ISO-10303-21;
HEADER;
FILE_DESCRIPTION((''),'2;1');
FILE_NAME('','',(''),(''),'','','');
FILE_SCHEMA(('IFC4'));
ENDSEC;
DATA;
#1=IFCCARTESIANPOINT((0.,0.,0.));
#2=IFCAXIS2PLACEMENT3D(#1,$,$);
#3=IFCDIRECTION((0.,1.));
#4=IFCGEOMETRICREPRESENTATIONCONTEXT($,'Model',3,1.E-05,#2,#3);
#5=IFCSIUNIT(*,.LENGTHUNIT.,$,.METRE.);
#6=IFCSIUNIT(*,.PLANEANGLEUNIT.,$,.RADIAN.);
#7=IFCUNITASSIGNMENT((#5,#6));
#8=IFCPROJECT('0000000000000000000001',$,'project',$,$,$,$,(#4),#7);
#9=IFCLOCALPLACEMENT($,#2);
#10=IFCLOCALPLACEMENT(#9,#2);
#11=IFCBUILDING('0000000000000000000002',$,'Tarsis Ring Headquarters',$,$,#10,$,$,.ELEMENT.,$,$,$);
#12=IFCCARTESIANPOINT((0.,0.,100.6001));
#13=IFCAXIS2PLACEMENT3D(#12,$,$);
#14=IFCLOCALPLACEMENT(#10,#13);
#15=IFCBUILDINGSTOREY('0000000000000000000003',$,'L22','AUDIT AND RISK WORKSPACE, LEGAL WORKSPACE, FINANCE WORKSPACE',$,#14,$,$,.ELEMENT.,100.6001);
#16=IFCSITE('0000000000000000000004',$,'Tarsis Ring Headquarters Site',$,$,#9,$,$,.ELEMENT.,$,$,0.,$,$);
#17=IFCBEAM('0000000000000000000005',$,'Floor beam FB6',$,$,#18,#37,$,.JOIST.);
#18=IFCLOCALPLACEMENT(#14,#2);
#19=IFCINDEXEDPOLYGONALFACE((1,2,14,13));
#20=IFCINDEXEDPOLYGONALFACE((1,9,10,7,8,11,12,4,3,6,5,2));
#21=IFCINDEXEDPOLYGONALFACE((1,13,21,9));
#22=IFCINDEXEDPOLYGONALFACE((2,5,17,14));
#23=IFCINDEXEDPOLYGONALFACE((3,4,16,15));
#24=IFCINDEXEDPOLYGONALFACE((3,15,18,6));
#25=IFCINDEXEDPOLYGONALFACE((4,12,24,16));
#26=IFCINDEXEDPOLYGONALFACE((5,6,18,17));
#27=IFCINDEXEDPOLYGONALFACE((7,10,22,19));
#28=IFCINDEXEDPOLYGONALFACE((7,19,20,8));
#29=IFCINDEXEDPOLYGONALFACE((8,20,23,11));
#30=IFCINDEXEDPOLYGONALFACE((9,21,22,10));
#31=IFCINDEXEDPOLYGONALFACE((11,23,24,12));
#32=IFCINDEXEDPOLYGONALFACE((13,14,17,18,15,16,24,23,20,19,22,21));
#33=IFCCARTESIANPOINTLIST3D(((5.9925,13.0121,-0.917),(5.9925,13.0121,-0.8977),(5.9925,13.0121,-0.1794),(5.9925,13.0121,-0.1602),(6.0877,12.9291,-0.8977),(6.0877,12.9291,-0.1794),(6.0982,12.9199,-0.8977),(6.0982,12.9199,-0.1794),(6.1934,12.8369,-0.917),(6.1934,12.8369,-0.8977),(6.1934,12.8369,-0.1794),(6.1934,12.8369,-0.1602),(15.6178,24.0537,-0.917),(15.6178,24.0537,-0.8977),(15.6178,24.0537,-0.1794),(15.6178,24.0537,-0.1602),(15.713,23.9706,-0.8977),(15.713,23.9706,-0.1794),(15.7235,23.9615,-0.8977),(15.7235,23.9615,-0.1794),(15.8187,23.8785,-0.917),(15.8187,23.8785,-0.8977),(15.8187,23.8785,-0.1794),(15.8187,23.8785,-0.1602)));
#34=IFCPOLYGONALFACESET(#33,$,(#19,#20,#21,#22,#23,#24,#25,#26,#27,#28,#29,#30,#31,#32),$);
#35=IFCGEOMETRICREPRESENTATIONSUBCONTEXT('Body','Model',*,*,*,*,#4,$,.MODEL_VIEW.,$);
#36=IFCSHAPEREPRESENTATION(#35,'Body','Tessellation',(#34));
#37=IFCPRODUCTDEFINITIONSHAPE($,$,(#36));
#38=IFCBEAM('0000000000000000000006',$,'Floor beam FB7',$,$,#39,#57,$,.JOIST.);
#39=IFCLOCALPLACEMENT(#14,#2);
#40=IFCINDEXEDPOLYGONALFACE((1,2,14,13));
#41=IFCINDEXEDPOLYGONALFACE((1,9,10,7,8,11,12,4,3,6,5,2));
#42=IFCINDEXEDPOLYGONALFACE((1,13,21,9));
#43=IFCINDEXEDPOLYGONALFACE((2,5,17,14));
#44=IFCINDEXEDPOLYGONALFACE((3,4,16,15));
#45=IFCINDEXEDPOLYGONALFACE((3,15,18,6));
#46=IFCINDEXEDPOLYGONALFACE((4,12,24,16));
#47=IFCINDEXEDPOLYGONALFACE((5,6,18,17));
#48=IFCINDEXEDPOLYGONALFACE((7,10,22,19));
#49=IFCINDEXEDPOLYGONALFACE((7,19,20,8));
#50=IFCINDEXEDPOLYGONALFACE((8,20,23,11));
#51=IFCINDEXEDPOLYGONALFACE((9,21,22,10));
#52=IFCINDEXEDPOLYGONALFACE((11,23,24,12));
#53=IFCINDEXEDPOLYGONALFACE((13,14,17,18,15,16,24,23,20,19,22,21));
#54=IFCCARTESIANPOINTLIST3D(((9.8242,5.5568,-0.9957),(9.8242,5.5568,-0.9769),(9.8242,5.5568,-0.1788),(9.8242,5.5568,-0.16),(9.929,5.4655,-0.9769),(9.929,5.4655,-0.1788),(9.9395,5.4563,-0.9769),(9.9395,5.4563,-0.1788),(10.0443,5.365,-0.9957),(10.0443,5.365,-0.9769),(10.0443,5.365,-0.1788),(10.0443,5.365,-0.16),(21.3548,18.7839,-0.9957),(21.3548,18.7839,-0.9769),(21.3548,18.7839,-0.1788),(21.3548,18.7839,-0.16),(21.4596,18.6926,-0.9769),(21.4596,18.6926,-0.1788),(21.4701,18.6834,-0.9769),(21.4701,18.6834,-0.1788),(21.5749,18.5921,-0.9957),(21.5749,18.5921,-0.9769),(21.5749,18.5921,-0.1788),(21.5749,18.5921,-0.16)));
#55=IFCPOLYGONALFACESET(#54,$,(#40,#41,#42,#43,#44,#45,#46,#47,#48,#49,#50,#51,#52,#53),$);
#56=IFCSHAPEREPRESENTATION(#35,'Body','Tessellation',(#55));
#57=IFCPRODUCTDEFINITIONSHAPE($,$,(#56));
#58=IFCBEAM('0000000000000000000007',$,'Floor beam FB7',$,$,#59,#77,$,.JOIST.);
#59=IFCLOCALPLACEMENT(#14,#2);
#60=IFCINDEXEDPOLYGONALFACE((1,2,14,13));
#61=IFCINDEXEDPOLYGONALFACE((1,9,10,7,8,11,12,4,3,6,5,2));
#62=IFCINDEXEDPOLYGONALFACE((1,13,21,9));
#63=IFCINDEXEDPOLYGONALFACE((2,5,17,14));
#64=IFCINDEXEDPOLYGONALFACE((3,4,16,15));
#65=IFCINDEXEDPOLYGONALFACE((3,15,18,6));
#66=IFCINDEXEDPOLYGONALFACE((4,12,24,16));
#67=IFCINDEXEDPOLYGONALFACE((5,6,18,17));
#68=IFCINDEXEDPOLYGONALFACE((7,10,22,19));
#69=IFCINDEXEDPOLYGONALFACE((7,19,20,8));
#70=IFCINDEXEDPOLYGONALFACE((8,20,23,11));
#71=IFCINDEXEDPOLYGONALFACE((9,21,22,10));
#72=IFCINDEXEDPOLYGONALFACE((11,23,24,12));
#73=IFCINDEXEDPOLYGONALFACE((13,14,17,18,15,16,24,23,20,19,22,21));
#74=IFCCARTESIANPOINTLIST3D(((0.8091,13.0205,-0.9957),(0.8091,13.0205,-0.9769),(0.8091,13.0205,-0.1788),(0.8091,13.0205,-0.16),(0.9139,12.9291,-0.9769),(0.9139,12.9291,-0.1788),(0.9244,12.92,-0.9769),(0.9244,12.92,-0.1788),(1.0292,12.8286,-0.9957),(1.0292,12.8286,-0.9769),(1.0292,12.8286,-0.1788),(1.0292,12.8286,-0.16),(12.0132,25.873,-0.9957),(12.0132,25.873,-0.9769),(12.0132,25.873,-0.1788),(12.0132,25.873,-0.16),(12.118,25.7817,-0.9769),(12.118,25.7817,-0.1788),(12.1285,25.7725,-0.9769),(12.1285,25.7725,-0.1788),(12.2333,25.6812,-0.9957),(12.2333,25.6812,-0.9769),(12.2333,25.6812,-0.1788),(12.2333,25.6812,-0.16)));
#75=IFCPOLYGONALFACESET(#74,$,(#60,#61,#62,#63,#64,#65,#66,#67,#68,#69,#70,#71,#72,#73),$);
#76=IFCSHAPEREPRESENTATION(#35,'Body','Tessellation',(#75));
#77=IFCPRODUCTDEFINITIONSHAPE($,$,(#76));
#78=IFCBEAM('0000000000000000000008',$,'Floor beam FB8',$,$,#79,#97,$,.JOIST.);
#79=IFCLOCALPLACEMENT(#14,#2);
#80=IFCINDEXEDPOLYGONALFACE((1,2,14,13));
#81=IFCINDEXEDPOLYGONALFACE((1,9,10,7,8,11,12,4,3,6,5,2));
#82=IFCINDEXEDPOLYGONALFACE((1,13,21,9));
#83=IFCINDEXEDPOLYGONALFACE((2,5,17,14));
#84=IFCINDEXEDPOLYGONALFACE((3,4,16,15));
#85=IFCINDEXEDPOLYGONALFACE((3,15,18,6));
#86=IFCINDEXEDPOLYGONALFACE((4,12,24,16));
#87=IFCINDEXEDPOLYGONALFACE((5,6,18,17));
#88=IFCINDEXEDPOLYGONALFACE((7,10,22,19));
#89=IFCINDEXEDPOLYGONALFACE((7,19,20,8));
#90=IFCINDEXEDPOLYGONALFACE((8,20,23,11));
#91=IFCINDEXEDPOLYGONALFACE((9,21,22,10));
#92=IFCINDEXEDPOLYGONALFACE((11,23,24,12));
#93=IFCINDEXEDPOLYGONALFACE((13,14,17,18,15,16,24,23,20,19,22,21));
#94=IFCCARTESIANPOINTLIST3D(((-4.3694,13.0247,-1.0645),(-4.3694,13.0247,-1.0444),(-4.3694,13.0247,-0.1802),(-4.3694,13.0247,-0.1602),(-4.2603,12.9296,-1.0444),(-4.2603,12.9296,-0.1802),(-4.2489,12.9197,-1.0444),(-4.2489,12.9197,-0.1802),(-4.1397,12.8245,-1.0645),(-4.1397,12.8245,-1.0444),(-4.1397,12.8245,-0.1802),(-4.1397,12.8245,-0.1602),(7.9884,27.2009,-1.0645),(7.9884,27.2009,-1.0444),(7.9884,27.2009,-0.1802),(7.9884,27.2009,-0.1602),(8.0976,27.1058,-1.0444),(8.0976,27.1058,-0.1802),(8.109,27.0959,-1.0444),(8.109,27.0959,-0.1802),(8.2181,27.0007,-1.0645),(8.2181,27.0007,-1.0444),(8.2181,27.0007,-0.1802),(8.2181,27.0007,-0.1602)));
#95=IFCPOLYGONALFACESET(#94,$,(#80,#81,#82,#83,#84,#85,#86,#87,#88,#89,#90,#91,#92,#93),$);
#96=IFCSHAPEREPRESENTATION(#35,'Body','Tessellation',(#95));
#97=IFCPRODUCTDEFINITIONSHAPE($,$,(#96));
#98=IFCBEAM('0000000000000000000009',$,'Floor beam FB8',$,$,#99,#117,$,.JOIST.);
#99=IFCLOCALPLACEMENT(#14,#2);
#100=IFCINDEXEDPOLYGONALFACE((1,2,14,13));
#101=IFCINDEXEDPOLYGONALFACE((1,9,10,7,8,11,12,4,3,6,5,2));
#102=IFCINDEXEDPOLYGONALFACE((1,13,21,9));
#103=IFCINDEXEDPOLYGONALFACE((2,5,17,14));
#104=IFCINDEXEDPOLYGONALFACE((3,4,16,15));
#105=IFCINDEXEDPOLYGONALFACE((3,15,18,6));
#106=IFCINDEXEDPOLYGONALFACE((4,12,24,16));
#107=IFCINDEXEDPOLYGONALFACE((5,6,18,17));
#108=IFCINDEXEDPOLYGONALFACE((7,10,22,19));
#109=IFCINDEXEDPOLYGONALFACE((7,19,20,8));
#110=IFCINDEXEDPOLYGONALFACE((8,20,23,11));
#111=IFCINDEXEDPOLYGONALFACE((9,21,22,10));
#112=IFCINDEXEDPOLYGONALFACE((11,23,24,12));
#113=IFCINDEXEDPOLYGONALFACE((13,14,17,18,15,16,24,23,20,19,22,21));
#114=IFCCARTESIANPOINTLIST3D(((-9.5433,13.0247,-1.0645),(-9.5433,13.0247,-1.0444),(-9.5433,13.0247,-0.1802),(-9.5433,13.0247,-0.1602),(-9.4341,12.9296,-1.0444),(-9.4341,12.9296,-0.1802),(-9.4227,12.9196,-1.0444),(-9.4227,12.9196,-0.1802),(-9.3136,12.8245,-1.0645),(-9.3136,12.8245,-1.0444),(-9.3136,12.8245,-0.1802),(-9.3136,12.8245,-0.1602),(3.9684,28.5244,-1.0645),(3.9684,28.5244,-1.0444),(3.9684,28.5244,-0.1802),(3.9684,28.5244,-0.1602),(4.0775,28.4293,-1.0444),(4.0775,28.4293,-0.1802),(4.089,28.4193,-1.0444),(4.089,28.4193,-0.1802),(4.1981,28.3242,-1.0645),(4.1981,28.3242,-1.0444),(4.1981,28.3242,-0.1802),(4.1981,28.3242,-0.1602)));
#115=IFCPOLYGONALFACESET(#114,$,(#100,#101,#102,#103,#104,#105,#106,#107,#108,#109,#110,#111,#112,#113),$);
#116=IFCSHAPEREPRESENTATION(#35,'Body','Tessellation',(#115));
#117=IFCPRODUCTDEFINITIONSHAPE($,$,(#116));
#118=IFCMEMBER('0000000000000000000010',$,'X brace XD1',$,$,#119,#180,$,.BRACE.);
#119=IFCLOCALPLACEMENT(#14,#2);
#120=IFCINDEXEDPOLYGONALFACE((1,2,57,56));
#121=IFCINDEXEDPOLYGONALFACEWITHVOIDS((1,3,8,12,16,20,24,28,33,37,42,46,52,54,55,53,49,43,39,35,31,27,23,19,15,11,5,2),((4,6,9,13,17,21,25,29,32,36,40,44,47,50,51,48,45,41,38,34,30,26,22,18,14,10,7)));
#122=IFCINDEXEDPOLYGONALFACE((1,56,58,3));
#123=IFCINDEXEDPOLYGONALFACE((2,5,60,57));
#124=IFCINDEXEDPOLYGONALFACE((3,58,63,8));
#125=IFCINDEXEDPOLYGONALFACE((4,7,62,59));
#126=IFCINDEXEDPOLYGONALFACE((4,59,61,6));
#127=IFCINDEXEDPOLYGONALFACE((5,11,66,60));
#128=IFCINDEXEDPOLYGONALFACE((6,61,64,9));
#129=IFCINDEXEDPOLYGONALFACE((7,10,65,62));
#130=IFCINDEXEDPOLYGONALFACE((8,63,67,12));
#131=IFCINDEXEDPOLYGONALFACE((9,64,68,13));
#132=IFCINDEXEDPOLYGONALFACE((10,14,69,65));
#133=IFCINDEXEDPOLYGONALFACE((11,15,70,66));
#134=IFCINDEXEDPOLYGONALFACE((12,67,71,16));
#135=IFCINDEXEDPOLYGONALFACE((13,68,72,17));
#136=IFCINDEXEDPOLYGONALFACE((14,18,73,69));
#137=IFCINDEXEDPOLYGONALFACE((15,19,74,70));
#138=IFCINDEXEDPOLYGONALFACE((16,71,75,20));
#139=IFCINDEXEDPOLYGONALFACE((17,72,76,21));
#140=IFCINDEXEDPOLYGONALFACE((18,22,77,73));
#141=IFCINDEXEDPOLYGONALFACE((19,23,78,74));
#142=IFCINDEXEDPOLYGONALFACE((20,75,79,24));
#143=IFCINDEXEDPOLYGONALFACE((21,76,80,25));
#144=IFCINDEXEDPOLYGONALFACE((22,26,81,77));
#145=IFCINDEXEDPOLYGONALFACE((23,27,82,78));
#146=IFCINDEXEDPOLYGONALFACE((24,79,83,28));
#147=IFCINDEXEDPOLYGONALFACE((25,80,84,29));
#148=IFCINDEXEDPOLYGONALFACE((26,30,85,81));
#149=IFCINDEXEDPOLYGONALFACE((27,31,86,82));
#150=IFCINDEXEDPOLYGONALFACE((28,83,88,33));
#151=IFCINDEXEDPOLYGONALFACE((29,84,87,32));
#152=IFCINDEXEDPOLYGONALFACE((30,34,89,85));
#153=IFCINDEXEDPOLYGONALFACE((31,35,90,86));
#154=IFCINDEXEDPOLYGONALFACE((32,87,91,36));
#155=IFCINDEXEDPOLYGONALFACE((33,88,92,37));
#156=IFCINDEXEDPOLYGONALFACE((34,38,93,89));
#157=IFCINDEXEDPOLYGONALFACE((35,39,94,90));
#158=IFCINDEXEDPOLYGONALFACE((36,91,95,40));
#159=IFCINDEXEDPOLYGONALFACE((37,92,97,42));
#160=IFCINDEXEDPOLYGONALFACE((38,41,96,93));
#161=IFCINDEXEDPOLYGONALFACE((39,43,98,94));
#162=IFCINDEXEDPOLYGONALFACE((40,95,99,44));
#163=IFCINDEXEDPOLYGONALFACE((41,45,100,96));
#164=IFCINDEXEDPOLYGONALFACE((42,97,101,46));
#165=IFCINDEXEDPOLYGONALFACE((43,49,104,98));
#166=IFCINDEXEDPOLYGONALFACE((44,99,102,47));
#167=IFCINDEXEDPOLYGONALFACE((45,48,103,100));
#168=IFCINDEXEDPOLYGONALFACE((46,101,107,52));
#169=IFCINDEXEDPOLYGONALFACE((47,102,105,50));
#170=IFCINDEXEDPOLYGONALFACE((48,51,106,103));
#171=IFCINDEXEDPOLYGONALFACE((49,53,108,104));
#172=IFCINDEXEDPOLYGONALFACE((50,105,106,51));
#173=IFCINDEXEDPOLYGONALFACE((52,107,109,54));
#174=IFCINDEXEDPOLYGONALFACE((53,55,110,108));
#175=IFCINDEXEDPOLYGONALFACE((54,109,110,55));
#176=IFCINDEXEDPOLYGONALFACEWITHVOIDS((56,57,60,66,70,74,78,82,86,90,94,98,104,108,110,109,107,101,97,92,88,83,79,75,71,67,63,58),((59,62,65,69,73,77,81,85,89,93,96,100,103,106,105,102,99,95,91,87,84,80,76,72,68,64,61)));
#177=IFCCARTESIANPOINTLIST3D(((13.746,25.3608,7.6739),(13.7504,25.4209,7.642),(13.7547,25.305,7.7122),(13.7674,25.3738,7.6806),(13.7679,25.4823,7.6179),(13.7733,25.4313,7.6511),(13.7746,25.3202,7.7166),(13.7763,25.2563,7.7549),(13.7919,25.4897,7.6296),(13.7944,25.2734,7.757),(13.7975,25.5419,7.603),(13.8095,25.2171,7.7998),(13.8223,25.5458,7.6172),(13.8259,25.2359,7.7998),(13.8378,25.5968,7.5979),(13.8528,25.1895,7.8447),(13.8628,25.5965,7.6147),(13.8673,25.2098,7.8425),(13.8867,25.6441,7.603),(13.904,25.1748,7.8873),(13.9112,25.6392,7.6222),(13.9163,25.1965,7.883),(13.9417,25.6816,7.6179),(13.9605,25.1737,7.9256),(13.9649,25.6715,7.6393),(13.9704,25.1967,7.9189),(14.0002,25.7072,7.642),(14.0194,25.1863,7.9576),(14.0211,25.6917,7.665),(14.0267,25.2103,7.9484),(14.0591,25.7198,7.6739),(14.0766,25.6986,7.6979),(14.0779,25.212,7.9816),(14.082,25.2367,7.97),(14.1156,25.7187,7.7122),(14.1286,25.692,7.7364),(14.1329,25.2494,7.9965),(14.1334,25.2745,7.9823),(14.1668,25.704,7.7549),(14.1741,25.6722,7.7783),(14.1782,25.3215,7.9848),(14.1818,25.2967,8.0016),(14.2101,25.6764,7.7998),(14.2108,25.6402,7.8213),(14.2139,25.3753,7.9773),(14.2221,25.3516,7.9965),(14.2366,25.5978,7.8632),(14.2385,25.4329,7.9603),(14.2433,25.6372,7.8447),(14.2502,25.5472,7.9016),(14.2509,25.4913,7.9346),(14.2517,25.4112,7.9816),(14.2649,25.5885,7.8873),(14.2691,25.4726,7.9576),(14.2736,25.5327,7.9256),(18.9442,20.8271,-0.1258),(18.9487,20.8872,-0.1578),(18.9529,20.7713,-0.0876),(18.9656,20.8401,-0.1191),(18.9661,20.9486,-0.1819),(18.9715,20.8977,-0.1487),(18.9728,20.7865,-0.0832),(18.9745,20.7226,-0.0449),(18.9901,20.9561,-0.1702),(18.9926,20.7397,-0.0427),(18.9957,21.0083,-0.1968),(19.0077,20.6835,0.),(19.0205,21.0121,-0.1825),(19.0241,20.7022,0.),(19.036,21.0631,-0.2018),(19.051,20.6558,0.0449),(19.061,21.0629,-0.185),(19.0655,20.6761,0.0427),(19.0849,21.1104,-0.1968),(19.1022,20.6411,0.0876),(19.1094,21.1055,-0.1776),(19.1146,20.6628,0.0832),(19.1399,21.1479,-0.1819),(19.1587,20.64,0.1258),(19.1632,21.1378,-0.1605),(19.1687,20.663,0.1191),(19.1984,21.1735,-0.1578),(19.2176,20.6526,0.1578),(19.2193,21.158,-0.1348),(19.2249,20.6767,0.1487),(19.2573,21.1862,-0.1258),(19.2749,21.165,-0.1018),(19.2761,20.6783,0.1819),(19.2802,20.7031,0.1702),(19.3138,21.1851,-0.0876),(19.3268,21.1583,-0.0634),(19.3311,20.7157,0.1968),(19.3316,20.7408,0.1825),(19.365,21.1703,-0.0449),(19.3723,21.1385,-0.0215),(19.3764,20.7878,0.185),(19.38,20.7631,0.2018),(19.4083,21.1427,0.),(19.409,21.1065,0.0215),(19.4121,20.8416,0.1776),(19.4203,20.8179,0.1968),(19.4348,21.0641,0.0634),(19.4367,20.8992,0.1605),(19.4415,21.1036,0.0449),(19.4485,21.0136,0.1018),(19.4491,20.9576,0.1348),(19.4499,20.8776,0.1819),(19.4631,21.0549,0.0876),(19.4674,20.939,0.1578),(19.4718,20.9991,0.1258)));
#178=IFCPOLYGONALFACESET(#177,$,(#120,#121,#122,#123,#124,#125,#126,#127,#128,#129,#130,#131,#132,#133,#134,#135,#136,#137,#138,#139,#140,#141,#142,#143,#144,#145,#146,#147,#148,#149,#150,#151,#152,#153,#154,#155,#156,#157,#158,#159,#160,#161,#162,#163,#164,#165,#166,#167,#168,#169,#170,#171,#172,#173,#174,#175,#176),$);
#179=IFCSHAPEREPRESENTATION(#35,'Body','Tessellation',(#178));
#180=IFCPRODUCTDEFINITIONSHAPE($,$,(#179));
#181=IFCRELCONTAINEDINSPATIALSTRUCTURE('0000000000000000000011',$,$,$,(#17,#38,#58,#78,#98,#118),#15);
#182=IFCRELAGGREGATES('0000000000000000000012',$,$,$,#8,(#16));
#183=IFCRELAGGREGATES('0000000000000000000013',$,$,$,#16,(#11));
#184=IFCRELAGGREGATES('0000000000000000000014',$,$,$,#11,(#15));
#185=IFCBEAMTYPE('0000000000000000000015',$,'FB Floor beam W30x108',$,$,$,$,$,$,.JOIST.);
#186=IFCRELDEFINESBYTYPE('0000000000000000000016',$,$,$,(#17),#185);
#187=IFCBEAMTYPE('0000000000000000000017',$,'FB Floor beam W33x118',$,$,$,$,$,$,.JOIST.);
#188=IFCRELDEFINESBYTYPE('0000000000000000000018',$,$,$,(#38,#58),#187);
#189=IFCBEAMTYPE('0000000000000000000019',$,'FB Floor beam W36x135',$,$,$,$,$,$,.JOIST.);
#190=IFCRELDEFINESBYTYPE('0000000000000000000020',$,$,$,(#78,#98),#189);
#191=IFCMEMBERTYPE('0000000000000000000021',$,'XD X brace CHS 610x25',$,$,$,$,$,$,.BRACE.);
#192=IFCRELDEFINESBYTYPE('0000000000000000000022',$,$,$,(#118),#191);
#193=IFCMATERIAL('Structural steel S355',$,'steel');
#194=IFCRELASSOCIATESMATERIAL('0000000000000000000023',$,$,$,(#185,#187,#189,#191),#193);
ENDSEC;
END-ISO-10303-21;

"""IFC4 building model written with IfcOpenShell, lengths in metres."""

from ifc_helpers import new_model, si_unit, direction, frame, origin, origin_2d, place, context, subcontext, project, spatial, hollow_circle, i_section, extrude, material, material_profile, profile_set, type_object, element, save


model = new_model("IFC4")

# Units and contexts
model_context = context("Model", 3, precision=1e-05, world=origin(), true_north=direction((0.0, 1.0)))
body_context = subcontext(model_context, "Body", "Model", "MODEL_VIEW")
ifc_project = project(units=[si_unit("LENGTHUNIT", "METRE"), si_unit("PLANEANGLEUNIT", "RADIAN")], contexts=[model_context])

# Site, building, storey
site_placement = place(None, origin())
site = spatial("IfcSite", under=ifc_project, at=site_placement, Name="Tarsis Ring Headquarters Site", CompositionType="ELEMENT", RefElevation=0.0)
building_placement = place(site_placement, origin())
building = spatial("IfcBuilding", under=site, at=building_placement, Name="Tarsis Ring Headquarters", CompositionType="ELEMENT")
storey_placement = place(building_placement, frame((0.0, 0.0, 100.6001)))
storey = spatial("IfcBuildingStorey", under=building, at=storey_placement, Name="L22", Description="AUDIT AND RISK WORKSPACE, LEGAL WORKSPACE, FINANCE WORKSPACE", CompositionType="ELEMENT", Elevation=100.6001)

# Shared definitions
ifc_material_1 = material(Name="Structural steel S355", Category="steel")

# Beams
ifc_material_profile_1 = material_profile(ifc_material_1, i_section(OverallWidth=0.2666, OverallDepth=0.7568, WebThickness=0.0139, FlangeThickness=0.0193, at=origin_2d()), Name="W30x108")
ifc_profile_set_1 = profile_set([ifc_material_profile_1], Name="Structural steel S355")
beam_type_1 = type_object("IfcBeamType", Name="FB Floor beam W30x108", PredefinedType="JOIST", material=ifc_profile_set_1)
beam_1_placement = place(storey_placement, frame((15.7183, 23.9661, -0.5386), z_axis=(-0.657109, -0.753796, 0.0), x_axis=(0.753796, -0.657109, 0.0)))
element("IfcBeam", 1, at=beam_1_placement, inside=storey, type_object=beam_type_1, Name="Floor beam FB6", PredefinedType="JOIST", context=body_context, shape_type="SweptSolid", body=[
    extrude(i_section(OverallWidth=0.2666, OverallDepth=0.7568, WebThickness=0.0139, FlangeThickness=0.0193, at=origin_2d()), origin(), (0.0, 0.0, 1.0), 14.6479),
])
ifc_material_profile_2 = material_profile(ifc_material_1, i_section(OverallWidth=0.292, OverallDepth=0.8357, WebThickness=0.0139, FlangeThickness=0.0188, at=origin_2d()), Name="W33x118")
ifc_profile_set_2 = profile_set([ifc_material_profile_2], Name="Structural steel S355")
beam_type_2 = type_object("IfcBeamType", Name="FB Floor beam W33x118", PredefinedType="JOIST", material=ifc_profile_set_2)
beam_2_placement = place(storey_placement, frame((21.4648, 18.688, -0.5779), z_axis=(-0.657111, -0.753794, 0.0), x_axis=(0.753794, -0.657111, 0.0)))
element("IfcBeam", 2, at=beam_2_placement, inside=storey, type_object=beam_type_2, Name="Floor beam FB7", PredefinedType="JOIST", context=body_context, shape_type="SweptSolid", body=[
    extrude(i_section(OverallWidth=0.292, OverallDepth=0.8357, WebThickness=0.0139, FlangeThickness=0.0188, at=origin_2d()), origin(), (0.0, 0.0, 1.0), 17.5474),
])
beam_3_placement = place(storey_placement, frame((12.1233, 25.7771, -0.5779), z_axis=(-0.657113, -0.753792, 0.0), x_axis=(0.753792, -0.657113, 0.0)))
element("IfcBeam", 3, at=beam_3_placement, inside=storey, type_object=beam_type_2, Name="Floor beam FB7", PredefinedType="JOIST", context=body_context, shape_type="SweptSolid", body=[
    extrude(i_section(OverallWidth=0.292, OverallDepth=0.8357, WebThickness=0.0139, FlangeThickness=0.0188, at=origin_2d()), origin(), (0.0, 0.0, 1.0), 17.0505),
])
ifc_material_profile_3 = material_profile(ifc_material_1, i_section(OverallWidth=0.3047, OverallDepth=0.9043, WebThickness=0.0151, FlangeThickness=0.02, at=origin_2d()), Name="W36x135")
ifc_profile_set_3 = profile_set([ifc_material_profile_3], Name="Structural steel S355")
beam_type_3 = type_object("IfcBeamType", Name="FB Floor beam W36x135", PredefinedType="JOIST", material=ifc_profile_set_3)
beam_4_placement = place(storey_placement, frame((8.1033, 27.1008, -0.6123), z_axis=(-0.657108, -0.753796, 0.0), x_axis=(0.753796, -0.657108, 0.0)))
element("IfcBeam", 4, at=beam_4_placement, inside=storey, type_object=beam_type_3, Name="Floor beam FB8", PredefinedType="JOIST", context=body_context, shape_type="SweptSolid", body=[
    extrude(i_section(OverallWidth=0.3047, OverallDepth=0.9043, WebThickness=0.0151, FlangeThickness=0.02, at=origin_2d()), origin(), (0.0, 0.0, 1.0), 18.8064),
])
beam_5_placement = place(storey_placement, frame((4.0833, 28.4243, -0.6123), z_axis=(-0.657111, -0.753794, 0.0), x_axis=(0.753794, -0.657111, 0.0)))
element("IfcBeam", 5, at=beam_5_placement, inside=storey, type_object=beam_type_3, Name="Floor beam FB8", PredefinedType="JOIST", context=body_context, shape_type="SweptSolid", body=[
    extrude(i_section(OverallWidth=0.3047, OverallDepth=0.9043, WebThickness=0.0151, FlangeThickness=0.02, at=origin_2d()), origin(), (0.0, 0.0, 1.0), 20.5623),
])

# Member
ifc_material_profile_4 = material_profile(ifc_material_1, hollow_circle(Radius=0.3047, WallThickness=0.0249, at=origin_2d()), Name="CHS 610x25")
ifc_profile_set_4 = profile_set([ifc_material_profile_4], Name="Structural steel S355")
member_type = type_object("IfcMemberType", Name="XD X brace CHS 610x25", PredefinedType="BRACE", material=ifc_profile_set_4)
member_1_placement = place(storey_placement, frame((19.208, 20.9131, 0.0), z_axis=(-0.499247, 0.435423, 0.749105), x_axis=(-0.657291, -0.753637, 0.0)))
element("IfcMember", 6, at=member_1_placement, inside=storey, type_object=member_type, Name="X brace XD1", PredefinedType="BRACE", context=body_context, shape_type="SweptSolid", body=[
    extrude(hollow_circle(Radius=0.3047, WallThickness=0.0249, at=origin_2d()), origin(), (0.0, 0.0, 1.0), 10.4121),
])

save(model, "model.ifc")
